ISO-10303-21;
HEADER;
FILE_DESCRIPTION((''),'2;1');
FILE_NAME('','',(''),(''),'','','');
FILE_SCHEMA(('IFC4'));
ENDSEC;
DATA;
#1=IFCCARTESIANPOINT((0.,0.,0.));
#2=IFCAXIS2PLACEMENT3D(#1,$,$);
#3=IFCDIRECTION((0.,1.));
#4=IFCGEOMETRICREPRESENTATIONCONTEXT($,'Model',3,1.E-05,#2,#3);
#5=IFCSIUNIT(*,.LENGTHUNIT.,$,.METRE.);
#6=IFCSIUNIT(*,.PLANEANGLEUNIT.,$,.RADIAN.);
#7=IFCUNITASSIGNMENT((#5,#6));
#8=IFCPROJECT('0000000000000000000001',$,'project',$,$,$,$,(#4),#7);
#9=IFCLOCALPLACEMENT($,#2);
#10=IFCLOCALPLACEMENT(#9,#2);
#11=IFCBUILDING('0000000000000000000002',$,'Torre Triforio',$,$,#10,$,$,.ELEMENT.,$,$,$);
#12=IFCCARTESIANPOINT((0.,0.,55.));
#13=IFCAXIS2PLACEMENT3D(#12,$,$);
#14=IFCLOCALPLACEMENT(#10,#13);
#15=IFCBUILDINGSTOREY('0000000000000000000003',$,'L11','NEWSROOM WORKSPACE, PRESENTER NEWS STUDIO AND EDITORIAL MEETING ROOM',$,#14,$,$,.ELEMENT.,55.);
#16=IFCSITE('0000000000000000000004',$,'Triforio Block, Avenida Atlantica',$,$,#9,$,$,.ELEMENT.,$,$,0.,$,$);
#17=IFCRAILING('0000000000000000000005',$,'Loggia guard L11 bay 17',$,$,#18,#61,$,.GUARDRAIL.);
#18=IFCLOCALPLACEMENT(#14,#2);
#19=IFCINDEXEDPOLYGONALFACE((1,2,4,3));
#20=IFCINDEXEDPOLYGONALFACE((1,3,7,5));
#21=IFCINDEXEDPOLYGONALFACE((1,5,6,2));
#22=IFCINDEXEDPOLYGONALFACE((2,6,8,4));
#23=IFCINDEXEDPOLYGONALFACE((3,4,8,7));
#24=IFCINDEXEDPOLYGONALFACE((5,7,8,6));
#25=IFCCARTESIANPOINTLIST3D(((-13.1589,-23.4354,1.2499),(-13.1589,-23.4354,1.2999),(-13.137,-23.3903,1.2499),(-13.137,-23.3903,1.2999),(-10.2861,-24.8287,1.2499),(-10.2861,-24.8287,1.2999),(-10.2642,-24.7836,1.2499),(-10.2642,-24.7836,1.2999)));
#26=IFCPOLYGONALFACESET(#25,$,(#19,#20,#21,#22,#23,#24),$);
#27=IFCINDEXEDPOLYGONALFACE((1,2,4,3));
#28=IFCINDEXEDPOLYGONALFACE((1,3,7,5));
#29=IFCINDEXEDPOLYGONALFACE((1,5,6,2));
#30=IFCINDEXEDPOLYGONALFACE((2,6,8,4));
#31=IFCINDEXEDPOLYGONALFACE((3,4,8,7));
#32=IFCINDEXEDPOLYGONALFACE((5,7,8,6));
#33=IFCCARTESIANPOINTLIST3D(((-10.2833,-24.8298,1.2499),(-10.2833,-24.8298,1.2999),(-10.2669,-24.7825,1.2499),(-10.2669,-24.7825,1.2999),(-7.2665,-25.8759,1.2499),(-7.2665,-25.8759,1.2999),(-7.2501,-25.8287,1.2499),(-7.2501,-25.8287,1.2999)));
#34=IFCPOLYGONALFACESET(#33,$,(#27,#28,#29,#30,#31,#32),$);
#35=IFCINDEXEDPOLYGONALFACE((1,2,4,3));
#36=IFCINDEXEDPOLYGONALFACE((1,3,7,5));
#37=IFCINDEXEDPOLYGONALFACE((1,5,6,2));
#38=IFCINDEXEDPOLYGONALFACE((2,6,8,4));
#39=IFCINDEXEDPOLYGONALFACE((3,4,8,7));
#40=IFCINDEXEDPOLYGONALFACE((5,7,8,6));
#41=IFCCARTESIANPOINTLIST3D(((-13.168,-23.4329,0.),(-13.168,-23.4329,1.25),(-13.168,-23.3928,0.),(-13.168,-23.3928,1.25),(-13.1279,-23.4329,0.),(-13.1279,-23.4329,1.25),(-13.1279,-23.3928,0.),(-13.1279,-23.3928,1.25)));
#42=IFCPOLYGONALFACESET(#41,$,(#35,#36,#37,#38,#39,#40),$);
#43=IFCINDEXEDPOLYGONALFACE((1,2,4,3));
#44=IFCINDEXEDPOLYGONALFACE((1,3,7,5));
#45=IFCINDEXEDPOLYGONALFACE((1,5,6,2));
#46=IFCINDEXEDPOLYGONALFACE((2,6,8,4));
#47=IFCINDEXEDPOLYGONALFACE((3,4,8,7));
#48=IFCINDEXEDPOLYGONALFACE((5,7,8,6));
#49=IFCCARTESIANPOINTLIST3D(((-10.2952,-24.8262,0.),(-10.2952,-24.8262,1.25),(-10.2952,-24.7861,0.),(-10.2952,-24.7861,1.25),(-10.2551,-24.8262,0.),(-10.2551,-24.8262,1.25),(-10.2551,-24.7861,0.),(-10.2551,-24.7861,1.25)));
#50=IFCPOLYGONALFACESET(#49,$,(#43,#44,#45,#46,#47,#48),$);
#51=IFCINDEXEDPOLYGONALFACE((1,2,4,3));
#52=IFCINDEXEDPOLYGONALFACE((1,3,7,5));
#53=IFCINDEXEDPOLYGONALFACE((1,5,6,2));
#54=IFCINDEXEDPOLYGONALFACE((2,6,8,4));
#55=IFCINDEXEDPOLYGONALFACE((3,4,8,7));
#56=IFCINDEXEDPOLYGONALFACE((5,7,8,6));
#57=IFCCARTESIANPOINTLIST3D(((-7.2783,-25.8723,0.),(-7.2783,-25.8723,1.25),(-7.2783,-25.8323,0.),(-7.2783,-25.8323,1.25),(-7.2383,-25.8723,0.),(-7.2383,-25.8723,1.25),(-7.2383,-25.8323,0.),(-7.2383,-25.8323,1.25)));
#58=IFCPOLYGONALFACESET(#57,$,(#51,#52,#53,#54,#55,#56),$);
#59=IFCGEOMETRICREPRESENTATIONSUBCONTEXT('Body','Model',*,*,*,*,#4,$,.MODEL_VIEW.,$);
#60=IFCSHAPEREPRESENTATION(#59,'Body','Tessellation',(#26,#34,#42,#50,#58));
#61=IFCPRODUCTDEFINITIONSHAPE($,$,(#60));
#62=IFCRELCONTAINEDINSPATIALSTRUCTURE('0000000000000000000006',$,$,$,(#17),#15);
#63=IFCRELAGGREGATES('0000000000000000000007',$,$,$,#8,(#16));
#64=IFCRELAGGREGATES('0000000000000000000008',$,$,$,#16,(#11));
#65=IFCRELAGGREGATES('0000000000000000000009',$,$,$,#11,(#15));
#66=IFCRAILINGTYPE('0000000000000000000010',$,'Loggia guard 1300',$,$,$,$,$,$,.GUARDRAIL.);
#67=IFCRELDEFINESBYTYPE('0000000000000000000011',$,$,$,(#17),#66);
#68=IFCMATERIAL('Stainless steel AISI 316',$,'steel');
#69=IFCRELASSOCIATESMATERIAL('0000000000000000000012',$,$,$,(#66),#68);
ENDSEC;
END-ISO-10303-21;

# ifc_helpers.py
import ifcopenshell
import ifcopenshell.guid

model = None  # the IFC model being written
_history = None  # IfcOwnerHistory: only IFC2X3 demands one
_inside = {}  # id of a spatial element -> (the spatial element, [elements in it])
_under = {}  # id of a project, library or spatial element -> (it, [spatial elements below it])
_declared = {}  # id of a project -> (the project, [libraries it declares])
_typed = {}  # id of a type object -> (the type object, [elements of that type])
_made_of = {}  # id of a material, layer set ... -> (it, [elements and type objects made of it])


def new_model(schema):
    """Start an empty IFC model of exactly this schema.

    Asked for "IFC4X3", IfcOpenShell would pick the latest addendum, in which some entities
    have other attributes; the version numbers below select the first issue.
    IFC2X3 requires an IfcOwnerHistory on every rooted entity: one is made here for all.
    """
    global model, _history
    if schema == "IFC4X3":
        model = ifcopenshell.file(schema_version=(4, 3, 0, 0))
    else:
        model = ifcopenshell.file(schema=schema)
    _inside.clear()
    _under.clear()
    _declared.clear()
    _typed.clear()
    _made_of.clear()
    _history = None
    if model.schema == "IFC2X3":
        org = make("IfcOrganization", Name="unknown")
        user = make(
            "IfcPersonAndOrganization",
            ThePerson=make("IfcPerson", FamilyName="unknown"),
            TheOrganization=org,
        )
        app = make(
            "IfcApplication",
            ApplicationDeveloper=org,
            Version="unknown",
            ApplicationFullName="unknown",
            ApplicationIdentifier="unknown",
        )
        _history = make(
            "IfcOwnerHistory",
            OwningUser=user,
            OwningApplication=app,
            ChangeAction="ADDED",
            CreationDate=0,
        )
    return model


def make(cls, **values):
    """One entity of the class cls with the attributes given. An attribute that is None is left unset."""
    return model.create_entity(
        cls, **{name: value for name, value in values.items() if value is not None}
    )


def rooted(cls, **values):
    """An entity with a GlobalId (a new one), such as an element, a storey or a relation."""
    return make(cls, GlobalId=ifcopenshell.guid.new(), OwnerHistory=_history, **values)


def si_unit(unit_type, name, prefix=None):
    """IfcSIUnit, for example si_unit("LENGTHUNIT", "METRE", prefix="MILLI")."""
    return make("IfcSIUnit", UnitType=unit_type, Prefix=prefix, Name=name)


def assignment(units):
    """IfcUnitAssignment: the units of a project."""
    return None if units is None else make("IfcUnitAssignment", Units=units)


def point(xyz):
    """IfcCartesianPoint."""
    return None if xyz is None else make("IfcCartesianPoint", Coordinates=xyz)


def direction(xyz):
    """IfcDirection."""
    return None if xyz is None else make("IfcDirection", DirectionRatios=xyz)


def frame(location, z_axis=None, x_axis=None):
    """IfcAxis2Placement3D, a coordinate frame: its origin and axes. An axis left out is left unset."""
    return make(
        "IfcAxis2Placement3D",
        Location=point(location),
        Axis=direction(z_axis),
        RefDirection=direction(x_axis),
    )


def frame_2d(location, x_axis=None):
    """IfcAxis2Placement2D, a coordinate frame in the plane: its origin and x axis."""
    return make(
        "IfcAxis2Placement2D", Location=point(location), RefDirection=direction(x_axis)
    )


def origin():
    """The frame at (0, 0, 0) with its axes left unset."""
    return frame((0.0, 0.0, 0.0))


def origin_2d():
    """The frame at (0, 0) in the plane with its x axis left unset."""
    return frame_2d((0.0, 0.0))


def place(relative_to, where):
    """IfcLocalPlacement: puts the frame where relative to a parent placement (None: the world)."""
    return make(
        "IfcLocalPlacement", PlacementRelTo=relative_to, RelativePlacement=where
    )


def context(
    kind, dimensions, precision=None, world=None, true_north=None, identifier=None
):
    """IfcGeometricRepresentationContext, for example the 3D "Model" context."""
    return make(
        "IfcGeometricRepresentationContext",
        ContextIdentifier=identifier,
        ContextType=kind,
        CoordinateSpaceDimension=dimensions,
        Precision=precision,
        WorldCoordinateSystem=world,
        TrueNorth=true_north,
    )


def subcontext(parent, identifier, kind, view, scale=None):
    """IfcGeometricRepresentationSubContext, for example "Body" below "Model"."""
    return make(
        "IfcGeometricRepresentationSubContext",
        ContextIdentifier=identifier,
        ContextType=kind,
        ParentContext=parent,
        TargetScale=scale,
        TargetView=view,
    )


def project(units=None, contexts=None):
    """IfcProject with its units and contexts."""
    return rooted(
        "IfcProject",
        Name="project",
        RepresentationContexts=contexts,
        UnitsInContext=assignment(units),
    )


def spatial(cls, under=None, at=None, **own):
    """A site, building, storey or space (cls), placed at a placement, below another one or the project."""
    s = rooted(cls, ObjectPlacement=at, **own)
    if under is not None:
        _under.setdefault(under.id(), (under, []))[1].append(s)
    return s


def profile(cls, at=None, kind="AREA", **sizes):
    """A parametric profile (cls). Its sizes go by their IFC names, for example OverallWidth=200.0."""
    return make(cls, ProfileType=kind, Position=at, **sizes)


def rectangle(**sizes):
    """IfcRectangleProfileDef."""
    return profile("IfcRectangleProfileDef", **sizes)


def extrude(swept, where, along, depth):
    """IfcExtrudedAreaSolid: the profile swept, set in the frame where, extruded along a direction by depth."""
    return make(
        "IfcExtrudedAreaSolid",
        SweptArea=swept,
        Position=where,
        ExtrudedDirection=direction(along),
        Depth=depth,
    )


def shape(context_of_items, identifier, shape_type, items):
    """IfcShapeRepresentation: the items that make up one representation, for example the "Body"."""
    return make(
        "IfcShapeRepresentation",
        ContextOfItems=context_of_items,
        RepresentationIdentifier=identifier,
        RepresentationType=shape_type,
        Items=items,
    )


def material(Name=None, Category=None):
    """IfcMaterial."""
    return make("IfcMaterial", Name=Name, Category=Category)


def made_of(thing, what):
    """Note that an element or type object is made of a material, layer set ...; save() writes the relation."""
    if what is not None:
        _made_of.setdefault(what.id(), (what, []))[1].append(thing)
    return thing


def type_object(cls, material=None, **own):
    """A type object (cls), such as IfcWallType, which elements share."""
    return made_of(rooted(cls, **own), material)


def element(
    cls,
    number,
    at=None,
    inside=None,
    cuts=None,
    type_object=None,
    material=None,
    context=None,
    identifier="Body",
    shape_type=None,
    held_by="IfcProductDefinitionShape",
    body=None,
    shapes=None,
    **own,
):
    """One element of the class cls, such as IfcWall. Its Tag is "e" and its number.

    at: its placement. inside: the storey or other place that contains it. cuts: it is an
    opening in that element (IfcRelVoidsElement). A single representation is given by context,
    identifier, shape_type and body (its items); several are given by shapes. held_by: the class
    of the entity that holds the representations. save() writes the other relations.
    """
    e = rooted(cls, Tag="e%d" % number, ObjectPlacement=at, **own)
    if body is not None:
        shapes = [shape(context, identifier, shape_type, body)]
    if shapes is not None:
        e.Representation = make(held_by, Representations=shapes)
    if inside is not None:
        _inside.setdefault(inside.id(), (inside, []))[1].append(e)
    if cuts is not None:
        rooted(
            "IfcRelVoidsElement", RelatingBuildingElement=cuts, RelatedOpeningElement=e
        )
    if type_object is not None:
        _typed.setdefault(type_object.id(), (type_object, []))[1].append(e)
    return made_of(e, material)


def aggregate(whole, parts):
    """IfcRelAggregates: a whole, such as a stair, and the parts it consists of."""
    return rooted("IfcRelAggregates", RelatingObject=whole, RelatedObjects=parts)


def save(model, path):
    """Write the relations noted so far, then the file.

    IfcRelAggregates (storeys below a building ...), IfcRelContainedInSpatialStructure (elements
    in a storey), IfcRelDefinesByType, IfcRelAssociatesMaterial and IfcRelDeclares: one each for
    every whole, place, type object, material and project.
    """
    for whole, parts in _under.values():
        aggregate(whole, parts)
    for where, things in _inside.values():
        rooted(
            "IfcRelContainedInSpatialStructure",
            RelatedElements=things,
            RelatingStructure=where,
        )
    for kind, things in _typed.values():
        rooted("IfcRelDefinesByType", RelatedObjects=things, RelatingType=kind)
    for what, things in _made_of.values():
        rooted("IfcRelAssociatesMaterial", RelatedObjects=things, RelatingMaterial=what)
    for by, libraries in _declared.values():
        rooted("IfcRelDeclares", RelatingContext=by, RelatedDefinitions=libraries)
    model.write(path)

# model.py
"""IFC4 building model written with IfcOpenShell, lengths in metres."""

from ifc_helpers import new_model, si_unit, direction, frame, origin, origin_2d, place, context, subcontext, project, spatial, rectangle, extrude, material, type_object, element, save


model = new_model("IFC4")

# Units and contexts
model_context = context("Model", 3, precision=1e-05, world=origin(), true_north=direction((0.0, 1.0)))
body_context = subcontext(model_context, "Body", "Model", "MODEL_VIEW")
ifc_project = project(units=[si_unit("LENGTHUNIT", "METRE"), si_unit("PLANEANGLEUNIT", "RADIAN")], contexts=[model_context])

# Site, building, storey
site_placement = place(None, origin())
site = spatial("IfcSite", under=ifc_project, at=site_placement, Name="Triforio Block, Avenida Atlantica", CompositionType="ELEMENT", RefElevation=0.0)
building_placement = place(site_placement, origin())
building = spatial("IfcBuilding", under=site, at=building_placement, Name="Torre Triforio", CompositionType="ELEMENT")
storey_placement = place(building_placement, frame((0.0, 0.0, 55.0)))
storey = spatial("IfcBuildingStorey", under=building, at=storey_placement, Name="L11", Description="NEWSROOM WORKSPACE, PRESENTER NEWS STUDIO AND EDITORIAL MEETING ROOM", CompositionType="ELEMENT", Elevation=55.0)

# Railing
ifc_material_1 = material(Name="Stainless steel AISI 316", Category="steel")
railing_type = type_object("IfcRailingType", Name="Loggia guard 1300", PredefinedType="GUARDRAIL", material=ifc_material_1)
railing_1_placement = place(storey_placement, frame((-13.1479, -23.4128, 0.0)))
element("IfcRailing", 1, at=railing_1_placement, inside=storey, type_object=railing_type, Name="Loggia guard L11 bay 17", PredefinedType="GUARDRAIL", context=body_context, shape_type="SweptSolid", body=[
    extrude(rectangle(XDim=0.05, YDim=0.05, at=origin_2d()), frame((0.0, 0.0, 1.2749), z_axis=(0.89976, -0.436384, 0.0), x_axis=(0.436384, 0.89976, 0.0)), (0.0, 0.0, 1.0), 3.1929),
    extrude(rectangle(XDim=0.05, YDim=0.05, at=origin_2d()), frame((2.8728, -1.3933, 1.2749), z_axis=(0.944807, -0.327628, 0.0), x_axis=(0.327628, 0.944807, 0.0)), (0.0, 0.0, 1.0), 3.1931),
    extrude(rectangle(XDim=0.04, YDim=0.04, at=origin_2d()), origin(), (0.0, 0.0, 1.0), 1.25),
    extrude(rectangle(XDim=0.04, YDim=0.04, at=origin_2d()), frame((2.8728, -1.3933, 0.0)), (0.0, 0.0, 1.0), 1.25),
    extrude(rectangle(XDim=0.04, YDim=0.04, at=origin_2d()), frame((5.8896, -2.4395, 0.0)), (0.0, 0.0, 1.0), 1.25),
])

save(model, "model.ifc")
